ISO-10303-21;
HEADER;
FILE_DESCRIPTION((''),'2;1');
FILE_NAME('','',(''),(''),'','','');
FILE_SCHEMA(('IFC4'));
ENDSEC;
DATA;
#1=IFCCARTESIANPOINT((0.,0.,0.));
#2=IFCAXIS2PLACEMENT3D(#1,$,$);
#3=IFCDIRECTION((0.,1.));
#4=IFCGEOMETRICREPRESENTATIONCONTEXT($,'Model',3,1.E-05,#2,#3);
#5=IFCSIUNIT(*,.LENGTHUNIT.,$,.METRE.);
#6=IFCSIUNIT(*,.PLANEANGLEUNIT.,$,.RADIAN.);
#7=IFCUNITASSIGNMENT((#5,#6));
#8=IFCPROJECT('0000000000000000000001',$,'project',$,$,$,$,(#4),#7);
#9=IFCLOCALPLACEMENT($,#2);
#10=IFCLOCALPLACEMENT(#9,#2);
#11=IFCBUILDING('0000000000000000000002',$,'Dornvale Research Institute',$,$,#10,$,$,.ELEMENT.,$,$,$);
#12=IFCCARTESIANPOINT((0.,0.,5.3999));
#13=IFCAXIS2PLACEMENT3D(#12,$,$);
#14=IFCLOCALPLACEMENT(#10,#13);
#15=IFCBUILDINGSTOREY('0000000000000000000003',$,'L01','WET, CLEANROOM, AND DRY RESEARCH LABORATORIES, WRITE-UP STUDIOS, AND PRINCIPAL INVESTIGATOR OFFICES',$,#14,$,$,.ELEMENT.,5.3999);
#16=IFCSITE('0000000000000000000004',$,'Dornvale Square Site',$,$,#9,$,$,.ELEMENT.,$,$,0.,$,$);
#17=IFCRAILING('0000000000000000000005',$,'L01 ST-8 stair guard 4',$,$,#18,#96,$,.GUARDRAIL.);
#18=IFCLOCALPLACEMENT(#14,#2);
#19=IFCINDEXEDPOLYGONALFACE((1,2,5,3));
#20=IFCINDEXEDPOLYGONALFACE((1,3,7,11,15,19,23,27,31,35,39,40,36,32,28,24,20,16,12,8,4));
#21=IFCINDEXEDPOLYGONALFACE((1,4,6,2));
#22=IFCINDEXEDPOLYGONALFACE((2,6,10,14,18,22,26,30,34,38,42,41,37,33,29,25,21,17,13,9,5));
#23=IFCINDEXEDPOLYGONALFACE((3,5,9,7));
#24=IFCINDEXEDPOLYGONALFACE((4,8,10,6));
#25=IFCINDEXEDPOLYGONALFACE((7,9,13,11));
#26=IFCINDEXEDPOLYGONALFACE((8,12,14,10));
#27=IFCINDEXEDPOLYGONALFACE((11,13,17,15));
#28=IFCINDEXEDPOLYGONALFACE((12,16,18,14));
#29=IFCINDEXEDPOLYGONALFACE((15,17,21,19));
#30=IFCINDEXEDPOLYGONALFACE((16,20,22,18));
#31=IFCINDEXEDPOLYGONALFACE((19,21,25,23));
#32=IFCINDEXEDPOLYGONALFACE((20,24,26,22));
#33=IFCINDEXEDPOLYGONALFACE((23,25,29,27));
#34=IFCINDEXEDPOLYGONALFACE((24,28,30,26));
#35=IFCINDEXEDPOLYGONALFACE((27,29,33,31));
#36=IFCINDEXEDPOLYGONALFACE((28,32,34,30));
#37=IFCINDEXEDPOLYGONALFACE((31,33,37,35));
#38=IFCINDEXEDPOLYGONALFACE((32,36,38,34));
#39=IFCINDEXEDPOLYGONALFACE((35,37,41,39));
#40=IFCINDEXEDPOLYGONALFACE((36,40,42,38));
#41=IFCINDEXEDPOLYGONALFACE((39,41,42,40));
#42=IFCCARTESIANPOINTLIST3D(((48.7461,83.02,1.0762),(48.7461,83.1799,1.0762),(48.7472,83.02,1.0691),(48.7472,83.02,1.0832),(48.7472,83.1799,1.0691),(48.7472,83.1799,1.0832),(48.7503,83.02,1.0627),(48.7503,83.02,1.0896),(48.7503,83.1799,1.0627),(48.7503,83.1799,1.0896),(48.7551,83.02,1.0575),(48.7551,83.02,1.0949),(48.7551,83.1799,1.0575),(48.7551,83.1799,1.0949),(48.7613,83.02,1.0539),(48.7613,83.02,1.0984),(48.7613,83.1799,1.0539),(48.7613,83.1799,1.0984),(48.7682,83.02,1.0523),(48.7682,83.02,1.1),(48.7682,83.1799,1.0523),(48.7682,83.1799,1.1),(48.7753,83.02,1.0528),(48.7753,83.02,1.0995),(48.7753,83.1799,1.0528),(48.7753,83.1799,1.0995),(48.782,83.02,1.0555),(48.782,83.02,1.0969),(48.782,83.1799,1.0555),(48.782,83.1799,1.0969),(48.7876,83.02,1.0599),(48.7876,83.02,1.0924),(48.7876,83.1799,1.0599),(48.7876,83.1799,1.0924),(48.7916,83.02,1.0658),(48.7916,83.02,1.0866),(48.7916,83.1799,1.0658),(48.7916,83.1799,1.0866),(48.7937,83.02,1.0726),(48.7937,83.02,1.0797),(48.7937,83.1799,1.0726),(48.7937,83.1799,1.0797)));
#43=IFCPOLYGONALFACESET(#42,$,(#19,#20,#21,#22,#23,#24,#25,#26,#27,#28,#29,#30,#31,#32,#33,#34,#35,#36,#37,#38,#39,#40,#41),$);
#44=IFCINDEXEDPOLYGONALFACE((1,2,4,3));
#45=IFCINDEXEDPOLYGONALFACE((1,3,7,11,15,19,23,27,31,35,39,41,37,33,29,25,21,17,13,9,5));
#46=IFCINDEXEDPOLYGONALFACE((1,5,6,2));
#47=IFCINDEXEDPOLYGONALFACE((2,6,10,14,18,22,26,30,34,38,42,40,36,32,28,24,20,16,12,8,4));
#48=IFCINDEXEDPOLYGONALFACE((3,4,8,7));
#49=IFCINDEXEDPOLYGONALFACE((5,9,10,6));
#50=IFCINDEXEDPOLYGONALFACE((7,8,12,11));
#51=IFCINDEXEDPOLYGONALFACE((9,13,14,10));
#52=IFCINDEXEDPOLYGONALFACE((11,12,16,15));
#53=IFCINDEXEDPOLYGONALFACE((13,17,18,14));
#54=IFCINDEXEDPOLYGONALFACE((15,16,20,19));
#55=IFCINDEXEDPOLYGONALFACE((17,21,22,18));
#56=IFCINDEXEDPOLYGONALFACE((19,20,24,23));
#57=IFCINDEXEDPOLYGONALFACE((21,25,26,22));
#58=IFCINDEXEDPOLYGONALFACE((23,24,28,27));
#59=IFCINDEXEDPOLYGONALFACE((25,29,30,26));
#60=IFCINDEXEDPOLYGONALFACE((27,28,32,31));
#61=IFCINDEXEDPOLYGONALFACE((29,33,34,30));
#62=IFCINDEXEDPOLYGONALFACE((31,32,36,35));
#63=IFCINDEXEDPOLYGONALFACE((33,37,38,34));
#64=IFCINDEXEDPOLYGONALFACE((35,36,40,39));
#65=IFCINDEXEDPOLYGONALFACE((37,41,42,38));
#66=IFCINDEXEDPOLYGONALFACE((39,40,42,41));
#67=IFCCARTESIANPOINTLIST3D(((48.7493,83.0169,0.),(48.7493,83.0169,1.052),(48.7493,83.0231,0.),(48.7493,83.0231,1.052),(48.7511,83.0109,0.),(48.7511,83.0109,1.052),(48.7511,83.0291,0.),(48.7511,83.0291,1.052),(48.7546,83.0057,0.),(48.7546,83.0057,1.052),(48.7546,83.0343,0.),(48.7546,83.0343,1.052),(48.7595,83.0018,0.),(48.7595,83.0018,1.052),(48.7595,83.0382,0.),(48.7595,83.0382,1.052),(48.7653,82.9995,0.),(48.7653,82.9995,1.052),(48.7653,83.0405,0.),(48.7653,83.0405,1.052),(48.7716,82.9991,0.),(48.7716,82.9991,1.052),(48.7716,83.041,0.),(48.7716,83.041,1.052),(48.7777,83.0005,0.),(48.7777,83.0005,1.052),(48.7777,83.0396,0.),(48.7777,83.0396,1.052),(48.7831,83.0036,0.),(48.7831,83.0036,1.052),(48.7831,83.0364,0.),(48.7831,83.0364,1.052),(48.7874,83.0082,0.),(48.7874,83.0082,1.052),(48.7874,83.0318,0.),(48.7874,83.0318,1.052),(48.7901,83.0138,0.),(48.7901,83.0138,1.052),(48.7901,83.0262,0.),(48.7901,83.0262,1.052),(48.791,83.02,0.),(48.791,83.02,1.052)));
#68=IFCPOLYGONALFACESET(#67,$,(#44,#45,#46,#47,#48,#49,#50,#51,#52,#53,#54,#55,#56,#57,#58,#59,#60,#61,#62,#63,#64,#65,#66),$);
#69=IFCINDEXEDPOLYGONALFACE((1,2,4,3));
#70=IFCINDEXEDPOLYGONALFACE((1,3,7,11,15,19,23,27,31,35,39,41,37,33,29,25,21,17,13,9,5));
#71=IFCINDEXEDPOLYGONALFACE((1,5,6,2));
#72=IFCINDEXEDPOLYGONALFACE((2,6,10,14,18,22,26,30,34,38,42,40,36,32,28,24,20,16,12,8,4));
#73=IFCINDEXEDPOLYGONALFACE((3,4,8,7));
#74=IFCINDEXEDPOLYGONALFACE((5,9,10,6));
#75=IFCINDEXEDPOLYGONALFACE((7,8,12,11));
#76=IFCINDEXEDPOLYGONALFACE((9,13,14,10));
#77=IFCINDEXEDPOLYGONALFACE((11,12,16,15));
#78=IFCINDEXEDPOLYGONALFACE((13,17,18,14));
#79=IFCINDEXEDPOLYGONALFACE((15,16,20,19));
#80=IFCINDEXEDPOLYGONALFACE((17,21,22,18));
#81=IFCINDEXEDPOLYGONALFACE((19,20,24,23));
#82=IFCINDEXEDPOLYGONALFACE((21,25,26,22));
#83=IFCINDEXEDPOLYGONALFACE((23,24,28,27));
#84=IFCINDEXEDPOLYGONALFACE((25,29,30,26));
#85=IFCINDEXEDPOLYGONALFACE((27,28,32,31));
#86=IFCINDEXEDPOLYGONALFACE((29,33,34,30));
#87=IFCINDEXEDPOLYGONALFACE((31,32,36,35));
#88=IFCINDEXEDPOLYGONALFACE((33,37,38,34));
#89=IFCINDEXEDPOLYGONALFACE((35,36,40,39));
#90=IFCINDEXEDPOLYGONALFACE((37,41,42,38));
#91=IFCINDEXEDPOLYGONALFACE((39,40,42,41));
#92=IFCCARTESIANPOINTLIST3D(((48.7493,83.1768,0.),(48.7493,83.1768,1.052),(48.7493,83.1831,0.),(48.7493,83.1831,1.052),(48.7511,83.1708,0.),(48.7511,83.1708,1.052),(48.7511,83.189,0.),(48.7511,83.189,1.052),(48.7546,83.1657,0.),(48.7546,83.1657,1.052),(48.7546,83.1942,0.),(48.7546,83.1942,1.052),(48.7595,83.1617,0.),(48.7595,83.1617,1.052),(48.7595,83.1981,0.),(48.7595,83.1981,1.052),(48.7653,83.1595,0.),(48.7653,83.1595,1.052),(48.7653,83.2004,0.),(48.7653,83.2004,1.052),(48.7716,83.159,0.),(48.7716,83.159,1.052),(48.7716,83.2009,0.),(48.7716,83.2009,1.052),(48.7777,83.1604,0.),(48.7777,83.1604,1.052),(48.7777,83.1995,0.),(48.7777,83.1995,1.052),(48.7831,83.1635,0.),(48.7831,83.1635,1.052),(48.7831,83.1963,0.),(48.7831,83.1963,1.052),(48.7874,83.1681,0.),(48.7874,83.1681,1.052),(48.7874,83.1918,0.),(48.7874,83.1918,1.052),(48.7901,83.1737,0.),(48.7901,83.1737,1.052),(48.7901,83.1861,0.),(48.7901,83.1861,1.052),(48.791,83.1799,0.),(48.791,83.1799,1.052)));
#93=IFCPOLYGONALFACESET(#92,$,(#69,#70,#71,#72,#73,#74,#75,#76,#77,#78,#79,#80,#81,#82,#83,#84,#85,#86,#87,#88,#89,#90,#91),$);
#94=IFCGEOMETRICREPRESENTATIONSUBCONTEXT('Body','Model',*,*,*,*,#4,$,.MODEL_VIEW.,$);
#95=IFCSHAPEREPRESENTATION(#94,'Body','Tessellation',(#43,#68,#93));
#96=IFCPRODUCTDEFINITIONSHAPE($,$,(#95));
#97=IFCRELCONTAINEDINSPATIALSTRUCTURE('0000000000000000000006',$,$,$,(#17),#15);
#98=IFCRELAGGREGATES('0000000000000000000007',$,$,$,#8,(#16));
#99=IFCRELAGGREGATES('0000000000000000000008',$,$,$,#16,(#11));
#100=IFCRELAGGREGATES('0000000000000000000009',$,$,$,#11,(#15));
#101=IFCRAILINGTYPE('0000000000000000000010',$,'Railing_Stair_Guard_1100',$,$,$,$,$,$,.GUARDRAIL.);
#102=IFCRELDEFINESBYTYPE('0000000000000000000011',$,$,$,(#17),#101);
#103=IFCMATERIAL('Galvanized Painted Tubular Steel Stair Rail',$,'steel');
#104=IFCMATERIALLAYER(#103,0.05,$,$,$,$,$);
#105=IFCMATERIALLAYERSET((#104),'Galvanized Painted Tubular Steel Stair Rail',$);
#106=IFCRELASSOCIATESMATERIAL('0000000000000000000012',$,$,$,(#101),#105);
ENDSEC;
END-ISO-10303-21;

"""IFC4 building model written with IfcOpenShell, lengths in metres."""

from ifc_helpers import new_model, si_unit, direction, frame, origin, origin_2d, place, context, subcontext, project, spatial, circle, extrude, material, layer, layer_set, type_object, element, save


model = new_model("IFC4")

# Units and contexts
model_context = context("Model", 3, precision=1e-05, world=origin(), true_north=direction((0.0, 1.0)))
body_context = subcontext(model_context, "Body", "Model", "MODEL_VIEW")
ifc_project = project(units=[si_unit("LENGTHUNIT", "METRE"), si_unit("PLANEANGLEUNIT", "RADIAN")], contexts=[model_context])

# Site, building, storey
site_placement = place(None, origin())
site = spatial("IfcSite", under=ifc_project, at=site_placement, Name="Dornvale Square Site", CompositionType="ELEMENT", RefElevation=0.0)
building_placement = place(site_placement, origin())
building = spatial("IfcBuilding", under=site, at=building_placement, Name="Dornvale Research Institute", CompositionType="ELEMENT")
storey_placement = place(building_placement, frame((0.0, 0.0, 5.3999)))
storey = spatial("IfcBuildingStorey", under=building, at=storey_placement, Name="L01", Description="WET, CLEANROOM, AND DRY RESEARCH LABORATORIES, WRITE-UP STUDIOS, AND PRINCIPAL INVESTIGATOR OFFICES", CompositionType="ELEMENT", Elevation=5.3999)

# Railing
ifc_material_1 = material(Name="Galvanized Painted Tubular Steel Stair Rail", Category="steel")
ifc_layer_1 = layer(ifc_material_1, 0.05)
ifc_layer_set_1 = layer_set([ifc_layer_1], Name="Galvanized Painted Tubular Steel Stair Rail")
railing_type_1 = type_object("IfcRailingType", Name="Railing_Stair_Guard_1100", PredefinedType="GUARDRAIL", material=ifc_layer_set_1)
railing_1_placement = place(storey_placement, frame((48.77, 83.02, 0.0)))
element("IfcRailing", 1, at=railing_1_placement, inside=storey, type_object=railing_type_1, Name="L01 ST-8 stair guard 4", PredefinedType="GUARDRAIL", context=body_context, shape_type="SweptSolid", body=[
    extrude(circle(Radius=0.0239, at=origin_2d()), frame((0.0, 0.0, 1.0762), z_axis=(0.0, 1.0, 0.0), x_axis=(-1.0, 0.0, 0.0)), (0.0, 0.0, 1.0), 0.1599),
    extrude(circle(Radius=0.021, at=origin_2d()), origin(), (0.0, 0.0, 1.0), 1.052),
    extrude(circle(Radius=0.021, at=origin_2d()), frame((0.0, 0.1599, 0.0)), (0.0, 0.0, 1.0), 1.052),
])

save(model, "model.ifc")
